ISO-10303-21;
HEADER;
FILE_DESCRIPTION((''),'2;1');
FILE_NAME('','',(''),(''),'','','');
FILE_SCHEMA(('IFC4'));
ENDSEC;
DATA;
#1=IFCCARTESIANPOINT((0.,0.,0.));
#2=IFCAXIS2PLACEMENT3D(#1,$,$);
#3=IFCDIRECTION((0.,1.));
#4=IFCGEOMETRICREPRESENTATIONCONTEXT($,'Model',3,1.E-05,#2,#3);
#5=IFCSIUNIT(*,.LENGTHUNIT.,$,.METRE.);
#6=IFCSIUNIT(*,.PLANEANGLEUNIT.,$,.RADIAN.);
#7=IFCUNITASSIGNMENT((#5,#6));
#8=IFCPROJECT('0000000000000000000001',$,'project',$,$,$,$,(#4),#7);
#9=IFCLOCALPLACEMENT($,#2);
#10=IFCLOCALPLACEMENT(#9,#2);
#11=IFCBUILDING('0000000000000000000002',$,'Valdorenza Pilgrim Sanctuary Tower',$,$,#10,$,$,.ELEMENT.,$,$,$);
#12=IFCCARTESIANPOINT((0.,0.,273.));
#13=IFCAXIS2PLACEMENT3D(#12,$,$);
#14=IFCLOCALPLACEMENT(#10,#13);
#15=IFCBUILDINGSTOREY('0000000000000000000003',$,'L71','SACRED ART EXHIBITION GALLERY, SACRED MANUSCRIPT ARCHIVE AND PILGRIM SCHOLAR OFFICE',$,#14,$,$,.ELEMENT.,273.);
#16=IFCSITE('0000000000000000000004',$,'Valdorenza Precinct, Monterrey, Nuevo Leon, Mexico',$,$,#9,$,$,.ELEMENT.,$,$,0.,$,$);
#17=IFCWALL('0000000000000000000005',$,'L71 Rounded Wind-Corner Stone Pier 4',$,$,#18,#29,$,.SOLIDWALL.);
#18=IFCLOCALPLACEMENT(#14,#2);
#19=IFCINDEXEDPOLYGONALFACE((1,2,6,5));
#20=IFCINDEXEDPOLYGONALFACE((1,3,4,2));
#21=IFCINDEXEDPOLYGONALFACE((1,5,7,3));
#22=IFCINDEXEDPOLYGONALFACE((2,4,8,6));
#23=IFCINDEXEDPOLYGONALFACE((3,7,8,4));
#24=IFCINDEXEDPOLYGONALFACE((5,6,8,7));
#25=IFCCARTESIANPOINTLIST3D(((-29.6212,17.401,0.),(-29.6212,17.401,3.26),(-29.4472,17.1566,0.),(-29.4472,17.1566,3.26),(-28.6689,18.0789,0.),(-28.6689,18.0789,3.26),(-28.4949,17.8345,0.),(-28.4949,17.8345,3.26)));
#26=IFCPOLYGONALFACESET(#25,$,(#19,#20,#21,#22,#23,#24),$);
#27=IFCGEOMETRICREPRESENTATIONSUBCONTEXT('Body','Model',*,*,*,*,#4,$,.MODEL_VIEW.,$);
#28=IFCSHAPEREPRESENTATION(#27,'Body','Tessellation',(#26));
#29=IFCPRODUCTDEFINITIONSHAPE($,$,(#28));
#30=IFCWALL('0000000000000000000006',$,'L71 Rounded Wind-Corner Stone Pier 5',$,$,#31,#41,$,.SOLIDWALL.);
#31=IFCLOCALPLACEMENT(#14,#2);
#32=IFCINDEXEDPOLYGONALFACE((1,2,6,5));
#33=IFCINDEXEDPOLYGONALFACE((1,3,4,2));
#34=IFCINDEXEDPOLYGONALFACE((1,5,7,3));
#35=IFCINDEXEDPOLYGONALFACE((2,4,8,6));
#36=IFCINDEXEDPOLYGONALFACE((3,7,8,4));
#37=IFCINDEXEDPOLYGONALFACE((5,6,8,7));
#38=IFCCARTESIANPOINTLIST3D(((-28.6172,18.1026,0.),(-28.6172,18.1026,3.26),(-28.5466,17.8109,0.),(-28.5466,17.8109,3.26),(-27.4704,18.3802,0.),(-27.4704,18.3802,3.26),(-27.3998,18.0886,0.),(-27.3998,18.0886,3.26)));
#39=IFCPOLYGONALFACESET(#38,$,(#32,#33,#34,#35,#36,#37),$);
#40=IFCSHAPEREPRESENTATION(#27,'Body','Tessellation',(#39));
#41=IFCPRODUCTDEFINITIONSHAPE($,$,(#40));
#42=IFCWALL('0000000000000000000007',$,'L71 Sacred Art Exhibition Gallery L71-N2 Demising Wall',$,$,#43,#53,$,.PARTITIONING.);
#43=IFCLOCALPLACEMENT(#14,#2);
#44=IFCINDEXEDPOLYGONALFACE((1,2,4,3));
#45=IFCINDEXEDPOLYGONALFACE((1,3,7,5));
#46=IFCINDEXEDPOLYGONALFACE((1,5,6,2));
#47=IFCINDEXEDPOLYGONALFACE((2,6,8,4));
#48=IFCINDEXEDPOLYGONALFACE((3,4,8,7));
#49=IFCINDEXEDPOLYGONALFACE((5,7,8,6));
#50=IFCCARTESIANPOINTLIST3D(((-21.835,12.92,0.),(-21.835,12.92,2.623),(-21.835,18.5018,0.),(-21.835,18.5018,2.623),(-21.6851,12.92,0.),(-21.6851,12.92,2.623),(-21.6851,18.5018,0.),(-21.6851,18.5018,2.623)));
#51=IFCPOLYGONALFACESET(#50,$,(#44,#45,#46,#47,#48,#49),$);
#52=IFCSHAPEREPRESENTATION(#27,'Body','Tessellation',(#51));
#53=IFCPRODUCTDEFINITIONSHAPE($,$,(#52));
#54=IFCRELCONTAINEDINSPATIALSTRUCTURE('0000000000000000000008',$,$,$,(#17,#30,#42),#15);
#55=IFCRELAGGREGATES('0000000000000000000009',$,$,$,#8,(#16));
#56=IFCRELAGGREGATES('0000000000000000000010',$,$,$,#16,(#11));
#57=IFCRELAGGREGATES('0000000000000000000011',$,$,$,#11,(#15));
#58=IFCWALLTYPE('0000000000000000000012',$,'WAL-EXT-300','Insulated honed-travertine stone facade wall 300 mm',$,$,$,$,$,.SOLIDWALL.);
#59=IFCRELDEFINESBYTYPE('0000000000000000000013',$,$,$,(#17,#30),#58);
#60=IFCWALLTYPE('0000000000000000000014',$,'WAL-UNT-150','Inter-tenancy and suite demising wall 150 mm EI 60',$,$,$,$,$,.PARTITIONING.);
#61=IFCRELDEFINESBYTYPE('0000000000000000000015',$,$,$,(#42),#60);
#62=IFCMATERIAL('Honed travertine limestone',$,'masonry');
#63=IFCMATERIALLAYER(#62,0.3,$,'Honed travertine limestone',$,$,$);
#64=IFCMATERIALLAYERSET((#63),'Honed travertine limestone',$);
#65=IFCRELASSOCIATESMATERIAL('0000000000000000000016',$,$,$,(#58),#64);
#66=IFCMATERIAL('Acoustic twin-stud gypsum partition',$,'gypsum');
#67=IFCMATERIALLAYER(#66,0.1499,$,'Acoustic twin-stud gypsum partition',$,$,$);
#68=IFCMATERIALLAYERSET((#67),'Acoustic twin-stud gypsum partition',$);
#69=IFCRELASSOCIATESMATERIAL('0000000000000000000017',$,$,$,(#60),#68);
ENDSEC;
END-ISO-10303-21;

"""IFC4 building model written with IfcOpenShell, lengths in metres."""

from ifc_helpers import new_model, si_unit, direction, frame, frame_2d, origin, place, context, subcontext, project, spatial, rectangle, extrude, material, layer, layer_set, type_object, element, save


model = new_model("IFC4")

# Units and contexts
model_context = context("Model", 3, precision=1e-05, world=origin(), true_north=direction((0.0, 1.0)))
body_context = subcontext(model_context, "Body", "Model", "MODEL_VIEW")
ifc_project = project(units=[si_unit("LENGTHUNIT", "METRE"), si_unit("PLANEANGLEUNIT", "RADIAN")], contexts=[model_context])

# Site, building, storey
site_placement = place(None, origin())
site = spatial("IfcSite", under=ifc_project, at=site_placement, Name="Valdorenza Precinct, Monterrey, Nuevo Leon, Mexico", CompositionType="ELEMENT", RefElevation=0.0)
building_placement = place(site_placement, origin())
building = spatial("IfcBuilding", under=site, at=building_placement, Name="Valdorenza Pilgrim Sanctuary Tower", CompositionType="ELEMENT")
storey_placement = place(building_placement, frame((0.0, 0.0, 273.0)))
storey = spatial("IfcBuildingStorey", under=building, at=storey_placement, Name="L71", Description="SACRED ART EXHIBITION GALLERY, SACRED MANUSCRIPT ARCHIVE AND PILGRIM SCHOLAR OFFICE", CompositionType="ELEMENT", Elevation=273.0)

# Shared definitions
ifc_material_1 = material(Name="Honed travertine limestone", Category="masonry")

# Shared definitions
ifc_material_2 = material(Name="Acoustic twin-stud gypsum partition", Category="gypsum")

# Walls
ifc_layer_1 = layer(ifc_material_1, 0.3, Name="Honed travertine limestone")
ifc_layer_set_1 = layer_set([ifc_layer_1], Name="Honed travertine limestone")
wall_type_1 = type_object("IfcWallType", Name="WAL-EXT-300", Description="Insulated honed-travertine stone facade wall 300 mm", PredefinedType="SOLIDWALL", material=ifc_layer_set_1)
wall_1_placement = place(storey_placement, frame((-29.5342, 17.2788, 0.0), z_axis=(0.0, 0.0, 1.0), x_axis=(0.814664, 0.579934, 0.0)))
element("IfcWall", 1, at=wall_1_placement, inside=storey, type_object=wall_type_1, Name="L71 Rounded Wind-Corner Stone Pier 4", PredefinedType="SOLIDWALL", context=body_context, shape_type="SweptSolid", body=[
    extrude(rectangle(XDim=1.1689, YDim=0.3, at=frame_2d((0.5845, 0.0))), origin(), (0.0, 0.0, 1.0), 3.26),
])
wall_2_placement = place(storey_placement, frame((-28.5818, 17.9568, 0.0), z_axis=(0.0, 0.0, 1.0), x_axis=(0.971929, 0.235274, 0.0)))
element("IfcWall", 2, at=wall_2_placement, inside=storey, type_object=wall_type_1, Name="L71 Rounded Wind-Corner Stone Pier 5", PredefinedType="SOLIDWALL", context=body_context, shape_type="SweptSolid", body=[
    extrude(rectangle(XDim=1.1799, YDim=0.3, at=frame_2d((0.5898, 0.0))), origin(), (0.0, 0.0, 1.0), 3.26),
])
ifc_layer_2 = layer(ifc_material_2, 0.1499, Name="Acoustic twin-stud gypsum partition")
ifc_layer_set_2 = layer_set([ifc_layer_2], Name="Acoustic twin-stud gypsum partition")
wall_type_2 = type_object("IfcWallType", Name="WAL-UNT-150", Description="Inter-tenancy and suite demising wall 150 mm EI 60", PredefinedType="PARTITIONING", material=ifc_layer_set_2)
wall_3_placement = place(storey_placement, frame((-21.76, 12.9199, 0.0), z_axis=(0.0, 0.0, 1.0), x_axis=(0.0, 1.0, 0.0)))
element("IfcWall", 3, at=wall_3_placement, inside=storey, type_object=wall_type_2, Name="L71 Sacred Art Exhibition Gallery L71-N2 Demising Wall", PredefinedType="PARTITIONING", context=body_context, shape_type="SweptSolid", body=[
    extrude(rectangle(XDim=5.5818, YDim=0.1499, at=frame_2d((2.791, 0.0))), origin(), (0.0, 0.0, 1.0), 2.623),
])

save(model, "model.ifc")
